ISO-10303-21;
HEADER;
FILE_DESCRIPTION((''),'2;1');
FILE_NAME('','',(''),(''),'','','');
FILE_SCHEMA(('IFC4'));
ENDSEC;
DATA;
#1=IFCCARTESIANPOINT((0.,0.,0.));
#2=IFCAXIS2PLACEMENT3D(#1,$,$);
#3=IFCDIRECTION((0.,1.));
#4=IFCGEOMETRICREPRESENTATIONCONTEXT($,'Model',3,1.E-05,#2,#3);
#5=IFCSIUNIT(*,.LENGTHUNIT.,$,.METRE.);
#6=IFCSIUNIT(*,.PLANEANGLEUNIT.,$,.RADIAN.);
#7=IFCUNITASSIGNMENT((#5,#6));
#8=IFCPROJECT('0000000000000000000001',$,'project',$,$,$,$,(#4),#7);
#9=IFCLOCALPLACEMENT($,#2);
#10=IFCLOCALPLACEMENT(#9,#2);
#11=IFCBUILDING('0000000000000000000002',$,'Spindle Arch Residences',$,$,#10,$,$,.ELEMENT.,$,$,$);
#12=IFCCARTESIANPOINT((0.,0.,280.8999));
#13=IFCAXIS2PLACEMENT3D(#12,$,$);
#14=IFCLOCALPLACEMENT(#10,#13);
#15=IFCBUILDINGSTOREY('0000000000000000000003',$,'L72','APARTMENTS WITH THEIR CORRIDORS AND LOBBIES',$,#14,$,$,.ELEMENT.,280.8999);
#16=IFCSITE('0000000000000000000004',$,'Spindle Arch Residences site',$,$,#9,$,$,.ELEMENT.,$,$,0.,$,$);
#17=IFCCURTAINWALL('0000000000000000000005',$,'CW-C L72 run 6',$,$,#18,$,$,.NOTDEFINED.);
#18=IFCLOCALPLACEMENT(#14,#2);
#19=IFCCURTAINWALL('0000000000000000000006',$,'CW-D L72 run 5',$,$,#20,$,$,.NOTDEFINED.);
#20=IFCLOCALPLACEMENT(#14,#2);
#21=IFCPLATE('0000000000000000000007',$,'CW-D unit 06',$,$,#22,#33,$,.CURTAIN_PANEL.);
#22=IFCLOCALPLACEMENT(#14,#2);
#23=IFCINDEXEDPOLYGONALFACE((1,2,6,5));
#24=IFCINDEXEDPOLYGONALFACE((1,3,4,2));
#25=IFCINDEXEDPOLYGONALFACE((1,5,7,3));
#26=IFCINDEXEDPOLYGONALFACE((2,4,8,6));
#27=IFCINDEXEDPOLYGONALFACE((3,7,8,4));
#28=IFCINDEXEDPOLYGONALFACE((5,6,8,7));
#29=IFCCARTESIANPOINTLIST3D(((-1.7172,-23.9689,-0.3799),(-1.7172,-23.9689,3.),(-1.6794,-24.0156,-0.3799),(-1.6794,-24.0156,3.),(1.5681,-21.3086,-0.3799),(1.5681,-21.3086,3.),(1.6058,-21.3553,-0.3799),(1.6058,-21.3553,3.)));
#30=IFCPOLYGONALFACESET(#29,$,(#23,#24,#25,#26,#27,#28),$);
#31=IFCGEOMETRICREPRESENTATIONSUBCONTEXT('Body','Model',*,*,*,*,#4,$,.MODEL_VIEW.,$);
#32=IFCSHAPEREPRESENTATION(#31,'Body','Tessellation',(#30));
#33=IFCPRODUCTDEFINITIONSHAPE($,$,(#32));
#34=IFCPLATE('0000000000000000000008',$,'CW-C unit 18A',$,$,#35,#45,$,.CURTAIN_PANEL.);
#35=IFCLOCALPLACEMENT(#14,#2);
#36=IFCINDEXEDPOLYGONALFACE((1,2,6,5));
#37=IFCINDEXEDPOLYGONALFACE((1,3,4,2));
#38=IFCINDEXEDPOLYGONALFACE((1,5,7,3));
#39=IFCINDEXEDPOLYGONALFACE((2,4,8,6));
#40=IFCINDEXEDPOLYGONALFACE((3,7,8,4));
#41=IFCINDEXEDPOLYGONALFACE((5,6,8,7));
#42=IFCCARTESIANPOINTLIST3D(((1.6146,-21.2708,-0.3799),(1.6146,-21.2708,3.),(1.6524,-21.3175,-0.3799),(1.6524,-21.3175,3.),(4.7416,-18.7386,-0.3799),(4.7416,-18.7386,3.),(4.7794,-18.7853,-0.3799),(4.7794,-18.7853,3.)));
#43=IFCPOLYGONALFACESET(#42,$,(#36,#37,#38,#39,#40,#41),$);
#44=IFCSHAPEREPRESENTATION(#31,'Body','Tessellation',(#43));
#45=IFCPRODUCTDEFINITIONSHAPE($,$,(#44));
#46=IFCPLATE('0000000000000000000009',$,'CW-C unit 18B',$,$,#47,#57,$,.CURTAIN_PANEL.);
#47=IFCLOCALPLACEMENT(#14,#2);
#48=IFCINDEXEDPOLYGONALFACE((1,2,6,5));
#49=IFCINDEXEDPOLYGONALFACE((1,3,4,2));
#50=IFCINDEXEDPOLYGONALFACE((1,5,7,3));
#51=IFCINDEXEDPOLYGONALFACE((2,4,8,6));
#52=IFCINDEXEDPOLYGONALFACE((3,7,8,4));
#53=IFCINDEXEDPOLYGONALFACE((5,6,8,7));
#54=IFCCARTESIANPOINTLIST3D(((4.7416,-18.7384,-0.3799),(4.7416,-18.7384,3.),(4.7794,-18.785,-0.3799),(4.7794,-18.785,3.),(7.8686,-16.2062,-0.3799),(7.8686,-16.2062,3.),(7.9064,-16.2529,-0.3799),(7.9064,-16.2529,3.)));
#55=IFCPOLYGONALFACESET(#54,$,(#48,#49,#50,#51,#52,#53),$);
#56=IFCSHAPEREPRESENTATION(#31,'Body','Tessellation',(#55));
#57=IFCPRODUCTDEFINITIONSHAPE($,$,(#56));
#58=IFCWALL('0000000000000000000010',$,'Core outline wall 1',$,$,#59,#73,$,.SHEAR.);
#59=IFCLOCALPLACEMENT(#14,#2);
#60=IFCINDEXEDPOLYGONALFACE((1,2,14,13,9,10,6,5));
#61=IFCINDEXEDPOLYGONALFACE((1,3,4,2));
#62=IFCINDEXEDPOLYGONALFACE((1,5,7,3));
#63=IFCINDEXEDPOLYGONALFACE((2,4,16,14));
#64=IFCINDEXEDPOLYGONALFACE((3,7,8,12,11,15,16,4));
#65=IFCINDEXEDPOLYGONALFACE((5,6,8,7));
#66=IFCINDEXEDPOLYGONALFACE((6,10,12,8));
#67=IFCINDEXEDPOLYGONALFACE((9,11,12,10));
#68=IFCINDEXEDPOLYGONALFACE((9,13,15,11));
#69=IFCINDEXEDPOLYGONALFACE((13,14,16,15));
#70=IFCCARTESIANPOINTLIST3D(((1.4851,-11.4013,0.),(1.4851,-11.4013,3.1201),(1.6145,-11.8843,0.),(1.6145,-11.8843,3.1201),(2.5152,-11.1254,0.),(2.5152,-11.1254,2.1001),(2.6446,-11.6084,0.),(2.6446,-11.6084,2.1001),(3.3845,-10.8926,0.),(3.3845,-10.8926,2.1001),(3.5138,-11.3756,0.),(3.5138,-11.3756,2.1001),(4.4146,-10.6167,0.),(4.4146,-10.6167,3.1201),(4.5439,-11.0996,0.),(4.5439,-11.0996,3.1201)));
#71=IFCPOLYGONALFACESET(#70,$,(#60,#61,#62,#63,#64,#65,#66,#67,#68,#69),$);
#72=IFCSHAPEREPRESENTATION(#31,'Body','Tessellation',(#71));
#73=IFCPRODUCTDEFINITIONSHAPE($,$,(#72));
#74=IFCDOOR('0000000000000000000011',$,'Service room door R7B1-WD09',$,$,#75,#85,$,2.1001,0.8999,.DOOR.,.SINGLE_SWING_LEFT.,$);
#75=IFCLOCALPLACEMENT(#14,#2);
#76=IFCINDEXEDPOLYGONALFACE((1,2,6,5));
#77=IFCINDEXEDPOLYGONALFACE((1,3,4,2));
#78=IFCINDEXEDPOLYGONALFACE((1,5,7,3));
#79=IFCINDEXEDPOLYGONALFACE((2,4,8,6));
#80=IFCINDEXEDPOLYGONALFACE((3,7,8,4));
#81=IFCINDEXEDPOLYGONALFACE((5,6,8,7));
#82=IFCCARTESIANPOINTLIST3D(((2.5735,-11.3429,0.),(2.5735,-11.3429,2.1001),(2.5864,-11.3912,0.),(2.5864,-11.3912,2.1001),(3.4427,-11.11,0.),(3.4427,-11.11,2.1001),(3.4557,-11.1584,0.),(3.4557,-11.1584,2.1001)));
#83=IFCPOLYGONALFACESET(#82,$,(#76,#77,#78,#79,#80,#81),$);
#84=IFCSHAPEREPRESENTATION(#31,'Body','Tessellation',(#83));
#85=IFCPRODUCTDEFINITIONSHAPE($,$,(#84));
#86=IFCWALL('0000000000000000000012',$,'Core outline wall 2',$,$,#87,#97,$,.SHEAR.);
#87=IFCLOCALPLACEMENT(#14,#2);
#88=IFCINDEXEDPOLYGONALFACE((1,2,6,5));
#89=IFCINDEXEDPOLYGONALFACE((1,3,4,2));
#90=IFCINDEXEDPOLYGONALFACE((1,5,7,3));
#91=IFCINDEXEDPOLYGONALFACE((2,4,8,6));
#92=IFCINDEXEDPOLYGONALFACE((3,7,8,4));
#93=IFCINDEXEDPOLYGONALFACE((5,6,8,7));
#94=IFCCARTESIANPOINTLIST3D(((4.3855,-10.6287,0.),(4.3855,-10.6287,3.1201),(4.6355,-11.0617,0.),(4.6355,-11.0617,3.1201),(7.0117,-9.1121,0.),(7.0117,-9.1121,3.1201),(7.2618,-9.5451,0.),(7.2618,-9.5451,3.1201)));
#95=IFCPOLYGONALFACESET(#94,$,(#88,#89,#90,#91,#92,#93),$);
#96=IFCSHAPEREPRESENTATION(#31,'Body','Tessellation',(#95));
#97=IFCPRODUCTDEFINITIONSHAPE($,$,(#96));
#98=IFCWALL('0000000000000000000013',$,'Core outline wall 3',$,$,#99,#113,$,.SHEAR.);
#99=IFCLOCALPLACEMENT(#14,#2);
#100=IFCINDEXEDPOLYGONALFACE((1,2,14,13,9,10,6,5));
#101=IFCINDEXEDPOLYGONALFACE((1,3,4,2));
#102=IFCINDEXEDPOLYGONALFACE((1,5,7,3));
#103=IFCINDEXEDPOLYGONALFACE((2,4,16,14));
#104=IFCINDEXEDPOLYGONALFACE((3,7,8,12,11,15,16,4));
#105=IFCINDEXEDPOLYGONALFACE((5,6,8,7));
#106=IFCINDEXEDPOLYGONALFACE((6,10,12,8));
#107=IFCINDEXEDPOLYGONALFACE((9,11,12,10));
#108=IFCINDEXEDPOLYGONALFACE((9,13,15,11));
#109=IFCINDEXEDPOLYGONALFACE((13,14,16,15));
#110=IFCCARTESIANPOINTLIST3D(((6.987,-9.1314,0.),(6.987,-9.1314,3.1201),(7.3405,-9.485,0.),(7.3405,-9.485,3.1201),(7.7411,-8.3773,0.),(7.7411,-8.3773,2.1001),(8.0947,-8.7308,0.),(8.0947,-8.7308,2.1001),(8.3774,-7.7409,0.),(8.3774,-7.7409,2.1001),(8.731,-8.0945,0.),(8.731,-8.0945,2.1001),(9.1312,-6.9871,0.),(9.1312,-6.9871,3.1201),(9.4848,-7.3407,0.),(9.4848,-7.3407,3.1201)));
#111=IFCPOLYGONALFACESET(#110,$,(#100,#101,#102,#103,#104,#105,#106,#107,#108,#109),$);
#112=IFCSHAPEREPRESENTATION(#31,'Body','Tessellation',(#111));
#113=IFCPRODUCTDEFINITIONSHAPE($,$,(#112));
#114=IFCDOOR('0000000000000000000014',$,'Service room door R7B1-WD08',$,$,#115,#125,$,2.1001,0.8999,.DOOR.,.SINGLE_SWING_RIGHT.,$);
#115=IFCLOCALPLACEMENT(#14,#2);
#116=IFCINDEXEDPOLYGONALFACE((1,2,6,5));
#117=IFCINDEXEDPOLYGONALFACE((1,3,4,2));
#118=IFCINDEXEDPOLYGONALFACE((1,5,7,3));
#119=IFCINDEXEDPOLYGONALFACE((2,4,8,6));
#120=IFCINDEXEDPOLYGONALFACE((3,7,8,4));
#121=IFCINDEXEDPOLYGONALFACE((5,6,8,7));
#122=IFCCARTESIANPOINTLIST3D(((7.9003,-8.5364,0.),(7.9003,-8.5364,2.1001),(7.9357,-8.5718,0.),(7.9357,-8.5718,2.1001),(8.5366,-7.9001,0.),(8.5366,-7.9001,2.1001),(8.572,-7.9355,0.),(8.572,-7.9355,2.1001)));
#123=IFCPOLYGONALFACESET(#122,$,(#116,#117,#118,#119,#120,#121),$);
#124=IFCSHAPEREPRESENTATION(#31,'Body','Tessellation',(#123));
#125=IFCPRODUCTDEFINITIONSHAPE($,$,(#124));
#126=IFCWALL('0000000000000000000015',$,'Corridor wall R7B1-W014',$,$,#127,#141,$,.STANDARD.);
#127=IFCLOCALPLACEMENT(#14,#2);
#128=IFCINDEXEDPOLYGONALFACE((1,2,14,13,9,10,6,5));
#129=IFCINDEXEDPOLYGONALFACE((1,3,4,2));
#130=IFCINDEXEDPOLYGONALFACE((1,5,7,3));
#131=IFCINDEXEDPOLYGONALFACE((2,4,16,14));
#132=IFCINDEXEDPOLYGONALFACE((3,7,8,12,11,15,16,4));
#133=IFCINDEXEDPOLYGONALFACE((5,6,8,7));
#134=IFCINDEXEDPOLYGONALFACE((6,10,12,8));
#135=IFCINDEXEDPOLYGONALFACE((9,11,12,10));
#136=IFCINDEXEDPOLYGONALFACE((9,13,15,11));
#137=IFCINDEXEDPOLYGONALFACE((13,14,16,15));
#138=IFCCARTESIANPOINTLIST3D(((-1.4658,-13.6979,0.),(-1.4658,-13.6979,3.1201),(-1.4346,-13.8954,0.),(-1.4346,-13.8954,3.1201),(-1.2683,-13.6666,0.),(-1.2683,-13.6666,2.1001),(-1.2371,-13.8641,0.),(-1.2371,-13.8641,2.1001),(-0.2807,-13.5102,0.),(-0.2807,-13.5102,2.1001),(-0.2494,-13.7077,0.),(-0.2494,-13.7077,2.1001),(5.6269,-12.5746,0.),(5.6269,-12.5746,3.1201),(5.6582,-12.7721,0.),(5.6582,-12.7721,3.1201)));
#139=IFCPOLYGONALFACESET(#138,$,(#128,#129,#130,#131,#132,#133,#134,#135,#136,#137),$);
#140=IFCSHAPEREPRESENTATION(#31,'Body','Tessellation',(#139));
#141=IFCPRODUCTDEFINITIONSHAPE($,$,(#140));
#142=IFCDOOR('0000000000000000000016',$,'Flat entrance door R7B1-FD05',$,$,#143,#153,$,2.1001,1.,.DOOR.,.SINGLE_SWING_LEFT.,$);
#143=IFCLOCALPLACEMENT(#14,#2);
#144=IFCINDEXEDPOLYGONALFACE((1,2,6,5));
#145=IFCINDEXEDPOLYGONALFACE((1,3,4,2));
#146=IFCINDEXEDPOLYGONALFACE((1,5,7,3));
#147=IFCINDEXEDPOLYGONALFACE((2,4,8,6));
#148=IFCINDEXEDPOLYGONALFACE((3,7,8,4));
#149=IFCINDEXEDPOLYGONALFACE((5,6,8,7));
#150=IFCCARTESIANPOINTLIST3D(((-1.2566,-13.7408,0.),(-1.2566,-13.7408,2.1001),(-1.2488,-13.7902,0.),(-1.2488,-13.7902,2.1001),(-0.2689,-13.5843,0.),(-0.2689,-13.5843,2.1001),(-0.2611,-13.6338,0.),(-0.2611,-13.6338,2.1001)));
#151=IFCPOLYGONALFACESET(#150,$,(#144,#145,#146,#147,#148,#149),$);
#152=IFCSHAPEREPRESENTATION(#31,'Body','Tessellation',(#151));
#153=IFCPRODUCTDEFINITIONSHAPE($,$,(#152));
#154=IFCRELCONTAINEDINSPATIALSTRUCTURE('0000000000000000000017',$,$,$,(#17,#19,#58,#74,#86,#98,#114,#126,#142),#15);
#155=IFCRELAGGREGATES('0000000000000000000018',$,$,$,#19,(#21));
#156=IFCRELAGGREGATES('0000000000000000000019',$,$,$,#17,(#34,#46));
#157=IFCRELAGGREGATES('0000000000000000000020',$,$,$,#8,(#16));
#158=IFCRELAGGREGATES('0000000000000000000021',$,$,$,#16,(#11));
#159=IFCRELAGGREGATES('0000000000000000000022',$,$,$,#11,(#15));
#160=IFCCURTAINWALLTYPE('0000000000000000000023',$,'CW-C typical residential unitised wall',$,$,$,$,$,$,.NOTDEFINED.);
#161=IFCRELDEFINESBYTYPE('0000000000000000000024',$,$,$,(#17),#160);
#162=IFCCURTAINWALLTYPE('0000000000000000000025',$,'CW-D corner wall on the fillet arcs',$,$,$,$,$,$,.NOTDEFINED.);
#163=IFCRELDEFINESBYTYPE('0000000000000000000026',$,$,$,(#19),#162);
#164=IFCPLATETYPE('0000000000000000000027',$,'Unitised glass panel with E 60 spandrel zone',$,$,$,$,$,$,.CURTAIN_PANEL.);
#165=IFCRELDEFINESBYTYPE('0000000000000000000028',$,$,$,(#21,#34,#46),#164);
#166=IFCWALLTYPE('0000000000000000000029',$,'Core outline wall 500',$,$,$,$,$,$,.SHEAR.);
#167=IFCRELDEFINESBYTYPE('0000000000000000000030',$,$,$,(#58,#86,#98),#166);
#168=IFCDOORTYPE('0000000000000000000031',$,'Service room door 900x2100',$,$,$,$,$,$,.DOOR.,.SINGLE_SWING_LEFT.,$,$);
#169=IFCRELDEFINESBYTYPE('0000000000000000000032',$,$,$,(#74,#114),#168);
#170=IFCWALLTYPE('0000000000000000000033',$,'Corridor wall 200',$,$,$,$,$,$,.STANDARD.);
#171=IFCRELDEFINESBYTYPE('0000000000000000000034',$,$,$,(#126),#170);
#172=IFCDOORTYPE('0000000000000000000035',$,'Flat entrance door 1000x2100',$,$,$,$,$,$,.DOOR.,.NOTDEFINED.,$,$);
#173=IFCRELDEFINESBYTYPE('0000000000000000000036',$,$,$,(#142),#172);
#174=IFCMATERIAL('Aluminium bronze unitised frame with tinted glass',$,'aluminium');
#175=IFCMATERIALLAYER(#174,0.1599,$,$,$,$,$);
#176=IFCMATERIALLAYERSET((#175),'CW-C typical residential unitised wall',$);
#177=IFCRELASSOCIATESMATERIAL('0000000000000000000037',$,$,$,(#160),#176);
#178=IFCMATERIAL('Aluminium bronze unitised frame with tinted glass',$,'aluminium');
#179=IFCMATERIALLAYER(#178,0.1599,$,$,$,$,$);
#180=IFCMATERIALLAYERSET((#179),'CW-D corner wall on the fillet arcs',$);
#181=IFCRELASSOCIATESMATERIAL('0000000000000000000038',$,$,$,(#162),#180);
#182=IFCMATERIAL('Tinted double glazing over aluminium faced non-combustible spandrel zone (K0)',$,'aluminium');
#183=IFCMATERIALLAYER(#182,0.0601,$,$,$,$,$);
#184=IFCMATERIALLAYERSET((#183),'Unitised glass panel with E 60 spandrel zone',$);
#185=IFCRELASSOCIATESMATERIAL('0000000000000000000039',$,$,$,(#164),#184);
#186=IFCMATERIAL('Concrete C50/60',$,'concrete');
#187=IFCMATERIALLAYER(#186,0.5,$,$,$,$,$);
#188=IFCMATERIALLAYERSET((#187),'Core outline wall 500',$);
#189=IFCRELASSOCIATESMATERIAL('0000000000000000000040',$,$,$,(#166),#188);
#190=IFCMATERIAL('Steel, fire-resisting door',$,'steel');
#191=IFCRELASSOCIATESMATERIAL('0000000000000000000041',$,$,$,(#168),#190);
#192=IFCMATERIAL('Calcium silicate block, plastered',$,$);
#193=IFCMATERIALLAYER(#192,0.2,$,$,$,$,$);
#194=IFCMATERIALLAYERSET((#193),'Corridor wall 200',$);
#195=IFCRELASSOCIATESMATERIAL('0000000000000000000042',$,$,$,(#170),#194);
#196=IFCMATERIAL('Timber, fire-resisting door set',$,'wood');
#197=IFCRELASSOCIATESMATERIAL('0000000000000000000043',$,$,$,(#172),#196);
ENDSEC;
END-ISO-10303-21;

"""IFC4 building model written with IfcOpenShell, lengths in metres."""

from ifc_helpers import new_model, si_unit, direction, frame, frame_2d, origin, origin_2d, place, context, subcontext, project, spatial, rectangle, extrude, material, layer, layer_set, type_object, element, fill, aggregate, save


model = new_model("IFC4")

# Units and contexts
model_context = context("Model", 3, precision=1e-05, world=origin(), true_north=direction((0.0, 1.0)))
body_context = subcontext(model_context, "Body", "Model", "MODEL_VIEW")
ifc_project = project(units=[si_unit("LENGTHUNIT", "METRE"), si_unit("PLANEANGLEUNIT", "RADIAN")], contexts=[model_context])

# Site, building, storey
site_placement = place(None, origin())
site = spatial("IfcSite", under=ifc_project, at=site_placement, Name="Spindle Arch Residences site", CompositionType="ELEMENT", RefElevation=0.0)
building_placement = place(site_placement, origin())
building = spatial("IfcBuilding", under=site, at=building_placement, Name="Spindle Arch Residences", CompositionType="ELEMENT")
storey_placement = place(building_placement, frame((0.0, 0.0, 280.8999)))
storey = spatial("IfcBuildingStorey", under=building, at=storey_placement, Name="L72", Description="APARTMENTS WITH THEIR CORRIDORS AND LOBBIES", CompositionType="ELEMENT", Elevation=280.8999)

# Curtain wall
ifc_material_1 = material(Name="Aluminium bronze unitised frame with tinted glass", Category="aluminium")
ifc_layer_1 = layer(ifc_material_1, 0.1599)
ifc_layer_set_1 = layer_set([ifc_layer_1], Name="CW-C typical residential unitised wall")
curtain_wall_type_1 = type_object("IfcCurtainWallType", Name="CW-C typical residential unitised wall", PredefinedType="NOTDEFINED", material=ifc_layer_set_1)
curtain_wall_1_placement = place(storey_placement, origin())
curtain_wall_1 = element("IfcCurtainWall", 1, at=curtain_wall_1_placement, inside=storey, type_object=curtain_wall_type_1, Name="CW-C L72 run 6", PredefinedType="NOTDEFINED")

# Curtain wall, plate
ifc_material_2 = material(Name="Aluminium bronze unitised frame with tinted glass", Category="aluminium")
ifc_layer_2 = layer(ifc_material_2, 0.1599)
ifc_layer_set_2 = layer_set([ifc_layer_2], Name="CW-D corner wall on the fillet arcs")
curtain_wall_type_2 = type_object("IfcCurtainWallType", Name="CW-D corner wall on the fillet arcs", PredefinedType="NOTDEFINED", material=ifc_layer_set_2)
curtain_wall_2_placement = place(storey_placement, origin())
curtain_wall_2 = element("IfcCurtainWall", 2, at=curtain_wall_2_placement, inside=storey, type_object=curtain_wall_type_2, Name="CW-D L72 run 5", PredefinedType="NOTDEFINED")
ifc_material_3 = material(Name="Tinted double glazing over aluminium faced non-combustible spandrel zone (K0)", Category="aluminium")
ifc_layer_3 = layer(ifc_material_3, 0.0601)
ifc_layer_set_3 = layer_set([ifc_layer_3], Name="Unitised glass panel with E 60 spandrel zone")
plate_type = type_object("IfcPlateType", Name="Unitised glass panel with E 60 spandrel zone", PredefinedType="CURTAIN_PANEL", material=ifc_layer_set_3)
plate_1_placement = place(storey_placement, frame((-0.0557, -22.6621, -0.3799), z_axis=(0.0, 0.0, 1.0), x_axis=(0.777146, 0.62932, 0.0)))
plate_1 = element("IfcPlate", 3, at=plate_1_placement, type_object=plate_type, Name="CW-D unit 06", PredefinedType="CURTAIN_PANEL", context=body_context, shape_type="SweptSolid", body=[
    extrude(rectangle(XDim=4.2273, YDim=0.0601, at=origin_2d()), origin(), (0.0, 0.0, 1.0), 3.3799),
])
aggregate(curtain_wall_2, [plate_1])

# Plates
plate_2_placement = place(storey_placement, frame((3.197, -20.0281, -0.3799), z_axis=(0.0, 0.0, 1.0), x_axis=(0.777146, 0.62932, 0.0)))
plate_2 = element("IfcPlate", 4, at=plate_2_placement, type_object=plate_type, Name="CW-C unit 18A", PredefinedType="CURTAIN_PANEL", context=body_context, shape_type="SweptSolid", body=[
    extrude(rectangle(XDim=4.0237, YDim=0.0601, at=origin_2d()), origin(), (0.0, 0.0, 1.0), 3.3799),
])
plate_3_placement = place(storey_placement, frame((6.324, -17.4956, -0.3799), z_axis=(0.0, 0.0, 1.0), x_axis=(0.777146, 0.62932, 0.0)))
plate_3 = element("IfcPlate", 5, at=plate_3_placement, type_object=plate_type, Name="CW-C unit 18B", PredefinedType="CURTAIN_PANEL", context=body_context, shape_type="SweptSolid", body=[
    extrude(rectangle(XDim=4.0237, YDim=0.0601, at=origin_2d()), origin(), (0.0, 0.0, 1.0), 3.3799),
])
aggregate(curtain_wall_1, [plate_2, plate_3])

# Wall, opening, door
ifc_material_4 = material(Name="Concrete C50/60", Category="concrete")
ifc_layer_4 = layer(ifc_material_4, 0.5)
ifc_layer_set_4 = layer_set([ifc_layer_4], Name="Core outline wall 500")
wall_type_1 = type_object("IfcWallType", Name="Core outline wall 500", PredefinedType="SHEAR", material=ifc_layer_set_4)
wall_1_placement = place(storey_placement, frame((1.5498, -11.6428, 0.0), z_axis=(0.0, 0.0, 1.0), x_axis=(0.965948, 0.258735, 0.0)))
wall_1 = element("IfcWall", 6, at=wall_1_placement, inside=storey, type_object=wall_type_1, Name="Core outline wall 1", PredefinedType="SHEAR", context=body_context, shape_type="SweptSolid", body=[
    extrude(rectangle(XDim=3.0327, YDim=0.5, at=frame_2d((1.5164, 0.0))), origin(), (0.0, 0.0, 1.0), 3.1201),
])
opening_1_placement = place(wall_1_placement, frame((1.0664, 0.0, 0.0)))
opening_1 = element("IfcOpeningElement", 7, at=opening_1_placement, cuts=wall_1, PredefinedType="OPENING", context=body_context, shape_type="SweptSolid", body=[
    extrude(rectangle(XDim=0.8999, YDim=2.1001, at=frame_2d((0.45, 1.05))), frame((0.0, 0.26, 0.0), z_axis=(0.0, -1.0, 0.0), x_axis=(1.0, 0.0, 0.0)), (0.0, 0.0, 1.0), 0.52),
])
ifc_material_5 = material(Name="Steel, fire-resisting door", Category="steel")
door_type_1 = type_object("IfcDoorType", Name="Service room door 900x2100", OperationType="SINGLE_SWING_LEFT", PredefinedType="DOOR", material=ifc_material_5)
door_1_placement = place(opening_1_placement, origin())
door_1 = element("IfcDoor", 8, at=door_1_placement, inside=storey, type_object=door_type_1, Name="Service room door R7B1-WD09", OperationType="SINGLE_SWING_LEFT", OverallHeight=2.1001, OverallWidth=0.8999, PredefinedType="DOOR", context=body_context, shape_type="SweptSolid", body=[
    extrude(rectangle(XDim=0.8999, YDim=2.1001, at=frame_2d((0.45, 1.05))), frame((0.0, 0.0249, 0.0), z_axis=(0.0, -1.0, 0.0), x_axis=(1.0, 0.0, 0.0)), (0.0, 0.0, 1.0), 0.05),
])
fill(opening_1, door_1)

# Wall
wall_2_placement = place(storey_placement, frame((4.5105, -10.8452, 0.0), z_axis=(0.0, 0.0, 1.0), x_axis=(0.865975, 0.500087, 0.0)))
element("IfcWall", 9, at=wall_2_placement, inside=storey, type_object=wall_type_1, Name="Core outline wall 2", PredefinedType="SHEAR", context=body_context, shape_type="SweptSolid", body=[
    extrude(rectangle(XDim=3.0327, YDim=0.5, at=frame_2d((1.5164, 0.0))), origin(), (0.0, 0.0, 1.0), 3.1201),
])

# Walls, openings, doors
wall_3_placement = place(storey_placement, frame((7.1638, -9.3081, 0.0), z_axis=(0.0, 0.0, 1.0), x_axis=(0.707107, 0.707107, 0.0)))
wall_3 = element("IfcWall", 10, at=wall_3_placement, inside=storey, type_object=wall_type_1, Name="Core outline wall 3", PredefinedType="SHEAR", context=body_context, shape_type="SweptSolid", body=[
    extrude(rectangle(XDim=3.0325, YDim=0.5, at=frame_2d((1.5161, 0.0))), origin(), (0.0, 0.0, 1.0), 3.1201),
])
opening_2_placement = place(wall_3_placement, frame((1.0664, 0.0, 0.0)))
opening_2 = element("IfcOpeningElement", 11, at=opening_2_placement, cuts=wall_3, PredefinedType="OPENING", context=body_context, shape_type="SweptSolid", body=[
    extrude(rectangle(XDim=0.8999, YDim=2.1001, at=frame_2d((0.45, 1.05))), frame((0.0, 0.26, 0.0), z_axis=(0.0, -1.0, 0.0), x_axis=(1.0, 0.0, 0.0)), (0.0, 0.0, 1.0), 0.52),
])
door_2_placement = place(opening_2_placement, origin())
door_2 = element("IfcDoor", 12, at=door_2_placement, inside=storey, type_object=door_type_1, Name="Service room door R7B1-WD08", OperationType="SINGLE_SWING_RIGHT", OverallHeight=2.1001, OverallWidth=0.8999, PredefinedType="DOOR", context=body_context, shape_type="SweptSolid", body=[
    extrude(rectangle(XDim=0.8999, YDim=2.1001, at=frame_2d((0.45, 1.05))), frame((0.0, 0.0249, 0.0), z_axis=(0.0, -1.0, 0.0), x_axis=(1.0, 0.0, 0.0)), (0.0, 0.0, 1.0), 0.05),
])
fill(opening_2, door_2)
ifc_material_6 = material(Name="Calcium silicate block, plastered")
ifc_layer_5 = layer(ifc_material_6, 0.2)
ifc_layer_set_5 = layer_set([ifc_layer_5], Name="Corridor wall 200")
wall_type_2 = type_object("IfcWallType", Name="Corridor wall 200", PredefinedType="STANDARD", material=ifc_layer_set_5)
wall_4_placement = place(storey_placement, frame((-1.4502, -13.7966, 0.0), z_axis=(0.0, 0.0, 1.0), x_axis=(0.98769, 0.156422, 0.0)))
wall_4 = element("IfcWall", 13, at=wall_4_placement, inside=storey, type_object=wall_type_2, Name="Corridor wall R7B1-W014", PredefinedType="STANDARD", context=body_context, shape_type="SweptSolid", body=[
    extrude(rectangle(XDim=7.1812, YDim=0.2, at=frame_2d((3.5906, 0.0))), origin(), (0.0, 0.0, 1.0), 3.1201),
])
opening_3_placement = place(wall_4_placement, frame((0.2, 0.0, 0.0)))
opening_3 = element("IfcOpeningElement", 14, at=opening_3_placement, cuts=wall_4, PredefinedType="OPENING", context=body_context, shape_type="SweptSolid", body=[
    extrude(rectangle(XDim=1.0, YDim=2.1001, at=frame_2d((0.5, 1.05))), frame((0.0, 0.1099, 0.0), z_axis=(0.0, -1.0, 0.0), x_axis=(1.0, 0.0, 0.0)), (0.0, 0.0, 1.0), 0.22),
])
ifc_material_7 = material(Name="Timber, fire-resisting door set", Category="wood")
door_type_2 = type_object("IfcDoorType", Name="Flat entrance door 1000x2100", OperationType="NOTDEFINED", PredefinedType="DOOR", material=ifc_material_7)
door_3_placement = place(opening_3_placement, origin())
door_3 = element("IfcDoor", 15, at=door_3_placement, inside=storey, type_object=door_type_2, Name="Flat entrance door R7B1-FD05", OperationType="SINGLE_SWING_LEFT", OverallHeight=2.1001, OverallWidth=1.0, PredefinedType="DOOR", context=body_context, shape_type="SweptSolid", body=[
    extrude(rectangle(XDim=1.0, YDim=2.1001, at=frame_2d((0.5, 1.05))), frame((0.0, 0.0249, 0.0), z_axis=(0.0, -1.0, 0.0), x_axis=(1.0, 0.0, 0.0)), (0.0, 0.0, 1.0), 0.05),
])
fill(opening_3, door_3)

save(model, "model.ifc")
